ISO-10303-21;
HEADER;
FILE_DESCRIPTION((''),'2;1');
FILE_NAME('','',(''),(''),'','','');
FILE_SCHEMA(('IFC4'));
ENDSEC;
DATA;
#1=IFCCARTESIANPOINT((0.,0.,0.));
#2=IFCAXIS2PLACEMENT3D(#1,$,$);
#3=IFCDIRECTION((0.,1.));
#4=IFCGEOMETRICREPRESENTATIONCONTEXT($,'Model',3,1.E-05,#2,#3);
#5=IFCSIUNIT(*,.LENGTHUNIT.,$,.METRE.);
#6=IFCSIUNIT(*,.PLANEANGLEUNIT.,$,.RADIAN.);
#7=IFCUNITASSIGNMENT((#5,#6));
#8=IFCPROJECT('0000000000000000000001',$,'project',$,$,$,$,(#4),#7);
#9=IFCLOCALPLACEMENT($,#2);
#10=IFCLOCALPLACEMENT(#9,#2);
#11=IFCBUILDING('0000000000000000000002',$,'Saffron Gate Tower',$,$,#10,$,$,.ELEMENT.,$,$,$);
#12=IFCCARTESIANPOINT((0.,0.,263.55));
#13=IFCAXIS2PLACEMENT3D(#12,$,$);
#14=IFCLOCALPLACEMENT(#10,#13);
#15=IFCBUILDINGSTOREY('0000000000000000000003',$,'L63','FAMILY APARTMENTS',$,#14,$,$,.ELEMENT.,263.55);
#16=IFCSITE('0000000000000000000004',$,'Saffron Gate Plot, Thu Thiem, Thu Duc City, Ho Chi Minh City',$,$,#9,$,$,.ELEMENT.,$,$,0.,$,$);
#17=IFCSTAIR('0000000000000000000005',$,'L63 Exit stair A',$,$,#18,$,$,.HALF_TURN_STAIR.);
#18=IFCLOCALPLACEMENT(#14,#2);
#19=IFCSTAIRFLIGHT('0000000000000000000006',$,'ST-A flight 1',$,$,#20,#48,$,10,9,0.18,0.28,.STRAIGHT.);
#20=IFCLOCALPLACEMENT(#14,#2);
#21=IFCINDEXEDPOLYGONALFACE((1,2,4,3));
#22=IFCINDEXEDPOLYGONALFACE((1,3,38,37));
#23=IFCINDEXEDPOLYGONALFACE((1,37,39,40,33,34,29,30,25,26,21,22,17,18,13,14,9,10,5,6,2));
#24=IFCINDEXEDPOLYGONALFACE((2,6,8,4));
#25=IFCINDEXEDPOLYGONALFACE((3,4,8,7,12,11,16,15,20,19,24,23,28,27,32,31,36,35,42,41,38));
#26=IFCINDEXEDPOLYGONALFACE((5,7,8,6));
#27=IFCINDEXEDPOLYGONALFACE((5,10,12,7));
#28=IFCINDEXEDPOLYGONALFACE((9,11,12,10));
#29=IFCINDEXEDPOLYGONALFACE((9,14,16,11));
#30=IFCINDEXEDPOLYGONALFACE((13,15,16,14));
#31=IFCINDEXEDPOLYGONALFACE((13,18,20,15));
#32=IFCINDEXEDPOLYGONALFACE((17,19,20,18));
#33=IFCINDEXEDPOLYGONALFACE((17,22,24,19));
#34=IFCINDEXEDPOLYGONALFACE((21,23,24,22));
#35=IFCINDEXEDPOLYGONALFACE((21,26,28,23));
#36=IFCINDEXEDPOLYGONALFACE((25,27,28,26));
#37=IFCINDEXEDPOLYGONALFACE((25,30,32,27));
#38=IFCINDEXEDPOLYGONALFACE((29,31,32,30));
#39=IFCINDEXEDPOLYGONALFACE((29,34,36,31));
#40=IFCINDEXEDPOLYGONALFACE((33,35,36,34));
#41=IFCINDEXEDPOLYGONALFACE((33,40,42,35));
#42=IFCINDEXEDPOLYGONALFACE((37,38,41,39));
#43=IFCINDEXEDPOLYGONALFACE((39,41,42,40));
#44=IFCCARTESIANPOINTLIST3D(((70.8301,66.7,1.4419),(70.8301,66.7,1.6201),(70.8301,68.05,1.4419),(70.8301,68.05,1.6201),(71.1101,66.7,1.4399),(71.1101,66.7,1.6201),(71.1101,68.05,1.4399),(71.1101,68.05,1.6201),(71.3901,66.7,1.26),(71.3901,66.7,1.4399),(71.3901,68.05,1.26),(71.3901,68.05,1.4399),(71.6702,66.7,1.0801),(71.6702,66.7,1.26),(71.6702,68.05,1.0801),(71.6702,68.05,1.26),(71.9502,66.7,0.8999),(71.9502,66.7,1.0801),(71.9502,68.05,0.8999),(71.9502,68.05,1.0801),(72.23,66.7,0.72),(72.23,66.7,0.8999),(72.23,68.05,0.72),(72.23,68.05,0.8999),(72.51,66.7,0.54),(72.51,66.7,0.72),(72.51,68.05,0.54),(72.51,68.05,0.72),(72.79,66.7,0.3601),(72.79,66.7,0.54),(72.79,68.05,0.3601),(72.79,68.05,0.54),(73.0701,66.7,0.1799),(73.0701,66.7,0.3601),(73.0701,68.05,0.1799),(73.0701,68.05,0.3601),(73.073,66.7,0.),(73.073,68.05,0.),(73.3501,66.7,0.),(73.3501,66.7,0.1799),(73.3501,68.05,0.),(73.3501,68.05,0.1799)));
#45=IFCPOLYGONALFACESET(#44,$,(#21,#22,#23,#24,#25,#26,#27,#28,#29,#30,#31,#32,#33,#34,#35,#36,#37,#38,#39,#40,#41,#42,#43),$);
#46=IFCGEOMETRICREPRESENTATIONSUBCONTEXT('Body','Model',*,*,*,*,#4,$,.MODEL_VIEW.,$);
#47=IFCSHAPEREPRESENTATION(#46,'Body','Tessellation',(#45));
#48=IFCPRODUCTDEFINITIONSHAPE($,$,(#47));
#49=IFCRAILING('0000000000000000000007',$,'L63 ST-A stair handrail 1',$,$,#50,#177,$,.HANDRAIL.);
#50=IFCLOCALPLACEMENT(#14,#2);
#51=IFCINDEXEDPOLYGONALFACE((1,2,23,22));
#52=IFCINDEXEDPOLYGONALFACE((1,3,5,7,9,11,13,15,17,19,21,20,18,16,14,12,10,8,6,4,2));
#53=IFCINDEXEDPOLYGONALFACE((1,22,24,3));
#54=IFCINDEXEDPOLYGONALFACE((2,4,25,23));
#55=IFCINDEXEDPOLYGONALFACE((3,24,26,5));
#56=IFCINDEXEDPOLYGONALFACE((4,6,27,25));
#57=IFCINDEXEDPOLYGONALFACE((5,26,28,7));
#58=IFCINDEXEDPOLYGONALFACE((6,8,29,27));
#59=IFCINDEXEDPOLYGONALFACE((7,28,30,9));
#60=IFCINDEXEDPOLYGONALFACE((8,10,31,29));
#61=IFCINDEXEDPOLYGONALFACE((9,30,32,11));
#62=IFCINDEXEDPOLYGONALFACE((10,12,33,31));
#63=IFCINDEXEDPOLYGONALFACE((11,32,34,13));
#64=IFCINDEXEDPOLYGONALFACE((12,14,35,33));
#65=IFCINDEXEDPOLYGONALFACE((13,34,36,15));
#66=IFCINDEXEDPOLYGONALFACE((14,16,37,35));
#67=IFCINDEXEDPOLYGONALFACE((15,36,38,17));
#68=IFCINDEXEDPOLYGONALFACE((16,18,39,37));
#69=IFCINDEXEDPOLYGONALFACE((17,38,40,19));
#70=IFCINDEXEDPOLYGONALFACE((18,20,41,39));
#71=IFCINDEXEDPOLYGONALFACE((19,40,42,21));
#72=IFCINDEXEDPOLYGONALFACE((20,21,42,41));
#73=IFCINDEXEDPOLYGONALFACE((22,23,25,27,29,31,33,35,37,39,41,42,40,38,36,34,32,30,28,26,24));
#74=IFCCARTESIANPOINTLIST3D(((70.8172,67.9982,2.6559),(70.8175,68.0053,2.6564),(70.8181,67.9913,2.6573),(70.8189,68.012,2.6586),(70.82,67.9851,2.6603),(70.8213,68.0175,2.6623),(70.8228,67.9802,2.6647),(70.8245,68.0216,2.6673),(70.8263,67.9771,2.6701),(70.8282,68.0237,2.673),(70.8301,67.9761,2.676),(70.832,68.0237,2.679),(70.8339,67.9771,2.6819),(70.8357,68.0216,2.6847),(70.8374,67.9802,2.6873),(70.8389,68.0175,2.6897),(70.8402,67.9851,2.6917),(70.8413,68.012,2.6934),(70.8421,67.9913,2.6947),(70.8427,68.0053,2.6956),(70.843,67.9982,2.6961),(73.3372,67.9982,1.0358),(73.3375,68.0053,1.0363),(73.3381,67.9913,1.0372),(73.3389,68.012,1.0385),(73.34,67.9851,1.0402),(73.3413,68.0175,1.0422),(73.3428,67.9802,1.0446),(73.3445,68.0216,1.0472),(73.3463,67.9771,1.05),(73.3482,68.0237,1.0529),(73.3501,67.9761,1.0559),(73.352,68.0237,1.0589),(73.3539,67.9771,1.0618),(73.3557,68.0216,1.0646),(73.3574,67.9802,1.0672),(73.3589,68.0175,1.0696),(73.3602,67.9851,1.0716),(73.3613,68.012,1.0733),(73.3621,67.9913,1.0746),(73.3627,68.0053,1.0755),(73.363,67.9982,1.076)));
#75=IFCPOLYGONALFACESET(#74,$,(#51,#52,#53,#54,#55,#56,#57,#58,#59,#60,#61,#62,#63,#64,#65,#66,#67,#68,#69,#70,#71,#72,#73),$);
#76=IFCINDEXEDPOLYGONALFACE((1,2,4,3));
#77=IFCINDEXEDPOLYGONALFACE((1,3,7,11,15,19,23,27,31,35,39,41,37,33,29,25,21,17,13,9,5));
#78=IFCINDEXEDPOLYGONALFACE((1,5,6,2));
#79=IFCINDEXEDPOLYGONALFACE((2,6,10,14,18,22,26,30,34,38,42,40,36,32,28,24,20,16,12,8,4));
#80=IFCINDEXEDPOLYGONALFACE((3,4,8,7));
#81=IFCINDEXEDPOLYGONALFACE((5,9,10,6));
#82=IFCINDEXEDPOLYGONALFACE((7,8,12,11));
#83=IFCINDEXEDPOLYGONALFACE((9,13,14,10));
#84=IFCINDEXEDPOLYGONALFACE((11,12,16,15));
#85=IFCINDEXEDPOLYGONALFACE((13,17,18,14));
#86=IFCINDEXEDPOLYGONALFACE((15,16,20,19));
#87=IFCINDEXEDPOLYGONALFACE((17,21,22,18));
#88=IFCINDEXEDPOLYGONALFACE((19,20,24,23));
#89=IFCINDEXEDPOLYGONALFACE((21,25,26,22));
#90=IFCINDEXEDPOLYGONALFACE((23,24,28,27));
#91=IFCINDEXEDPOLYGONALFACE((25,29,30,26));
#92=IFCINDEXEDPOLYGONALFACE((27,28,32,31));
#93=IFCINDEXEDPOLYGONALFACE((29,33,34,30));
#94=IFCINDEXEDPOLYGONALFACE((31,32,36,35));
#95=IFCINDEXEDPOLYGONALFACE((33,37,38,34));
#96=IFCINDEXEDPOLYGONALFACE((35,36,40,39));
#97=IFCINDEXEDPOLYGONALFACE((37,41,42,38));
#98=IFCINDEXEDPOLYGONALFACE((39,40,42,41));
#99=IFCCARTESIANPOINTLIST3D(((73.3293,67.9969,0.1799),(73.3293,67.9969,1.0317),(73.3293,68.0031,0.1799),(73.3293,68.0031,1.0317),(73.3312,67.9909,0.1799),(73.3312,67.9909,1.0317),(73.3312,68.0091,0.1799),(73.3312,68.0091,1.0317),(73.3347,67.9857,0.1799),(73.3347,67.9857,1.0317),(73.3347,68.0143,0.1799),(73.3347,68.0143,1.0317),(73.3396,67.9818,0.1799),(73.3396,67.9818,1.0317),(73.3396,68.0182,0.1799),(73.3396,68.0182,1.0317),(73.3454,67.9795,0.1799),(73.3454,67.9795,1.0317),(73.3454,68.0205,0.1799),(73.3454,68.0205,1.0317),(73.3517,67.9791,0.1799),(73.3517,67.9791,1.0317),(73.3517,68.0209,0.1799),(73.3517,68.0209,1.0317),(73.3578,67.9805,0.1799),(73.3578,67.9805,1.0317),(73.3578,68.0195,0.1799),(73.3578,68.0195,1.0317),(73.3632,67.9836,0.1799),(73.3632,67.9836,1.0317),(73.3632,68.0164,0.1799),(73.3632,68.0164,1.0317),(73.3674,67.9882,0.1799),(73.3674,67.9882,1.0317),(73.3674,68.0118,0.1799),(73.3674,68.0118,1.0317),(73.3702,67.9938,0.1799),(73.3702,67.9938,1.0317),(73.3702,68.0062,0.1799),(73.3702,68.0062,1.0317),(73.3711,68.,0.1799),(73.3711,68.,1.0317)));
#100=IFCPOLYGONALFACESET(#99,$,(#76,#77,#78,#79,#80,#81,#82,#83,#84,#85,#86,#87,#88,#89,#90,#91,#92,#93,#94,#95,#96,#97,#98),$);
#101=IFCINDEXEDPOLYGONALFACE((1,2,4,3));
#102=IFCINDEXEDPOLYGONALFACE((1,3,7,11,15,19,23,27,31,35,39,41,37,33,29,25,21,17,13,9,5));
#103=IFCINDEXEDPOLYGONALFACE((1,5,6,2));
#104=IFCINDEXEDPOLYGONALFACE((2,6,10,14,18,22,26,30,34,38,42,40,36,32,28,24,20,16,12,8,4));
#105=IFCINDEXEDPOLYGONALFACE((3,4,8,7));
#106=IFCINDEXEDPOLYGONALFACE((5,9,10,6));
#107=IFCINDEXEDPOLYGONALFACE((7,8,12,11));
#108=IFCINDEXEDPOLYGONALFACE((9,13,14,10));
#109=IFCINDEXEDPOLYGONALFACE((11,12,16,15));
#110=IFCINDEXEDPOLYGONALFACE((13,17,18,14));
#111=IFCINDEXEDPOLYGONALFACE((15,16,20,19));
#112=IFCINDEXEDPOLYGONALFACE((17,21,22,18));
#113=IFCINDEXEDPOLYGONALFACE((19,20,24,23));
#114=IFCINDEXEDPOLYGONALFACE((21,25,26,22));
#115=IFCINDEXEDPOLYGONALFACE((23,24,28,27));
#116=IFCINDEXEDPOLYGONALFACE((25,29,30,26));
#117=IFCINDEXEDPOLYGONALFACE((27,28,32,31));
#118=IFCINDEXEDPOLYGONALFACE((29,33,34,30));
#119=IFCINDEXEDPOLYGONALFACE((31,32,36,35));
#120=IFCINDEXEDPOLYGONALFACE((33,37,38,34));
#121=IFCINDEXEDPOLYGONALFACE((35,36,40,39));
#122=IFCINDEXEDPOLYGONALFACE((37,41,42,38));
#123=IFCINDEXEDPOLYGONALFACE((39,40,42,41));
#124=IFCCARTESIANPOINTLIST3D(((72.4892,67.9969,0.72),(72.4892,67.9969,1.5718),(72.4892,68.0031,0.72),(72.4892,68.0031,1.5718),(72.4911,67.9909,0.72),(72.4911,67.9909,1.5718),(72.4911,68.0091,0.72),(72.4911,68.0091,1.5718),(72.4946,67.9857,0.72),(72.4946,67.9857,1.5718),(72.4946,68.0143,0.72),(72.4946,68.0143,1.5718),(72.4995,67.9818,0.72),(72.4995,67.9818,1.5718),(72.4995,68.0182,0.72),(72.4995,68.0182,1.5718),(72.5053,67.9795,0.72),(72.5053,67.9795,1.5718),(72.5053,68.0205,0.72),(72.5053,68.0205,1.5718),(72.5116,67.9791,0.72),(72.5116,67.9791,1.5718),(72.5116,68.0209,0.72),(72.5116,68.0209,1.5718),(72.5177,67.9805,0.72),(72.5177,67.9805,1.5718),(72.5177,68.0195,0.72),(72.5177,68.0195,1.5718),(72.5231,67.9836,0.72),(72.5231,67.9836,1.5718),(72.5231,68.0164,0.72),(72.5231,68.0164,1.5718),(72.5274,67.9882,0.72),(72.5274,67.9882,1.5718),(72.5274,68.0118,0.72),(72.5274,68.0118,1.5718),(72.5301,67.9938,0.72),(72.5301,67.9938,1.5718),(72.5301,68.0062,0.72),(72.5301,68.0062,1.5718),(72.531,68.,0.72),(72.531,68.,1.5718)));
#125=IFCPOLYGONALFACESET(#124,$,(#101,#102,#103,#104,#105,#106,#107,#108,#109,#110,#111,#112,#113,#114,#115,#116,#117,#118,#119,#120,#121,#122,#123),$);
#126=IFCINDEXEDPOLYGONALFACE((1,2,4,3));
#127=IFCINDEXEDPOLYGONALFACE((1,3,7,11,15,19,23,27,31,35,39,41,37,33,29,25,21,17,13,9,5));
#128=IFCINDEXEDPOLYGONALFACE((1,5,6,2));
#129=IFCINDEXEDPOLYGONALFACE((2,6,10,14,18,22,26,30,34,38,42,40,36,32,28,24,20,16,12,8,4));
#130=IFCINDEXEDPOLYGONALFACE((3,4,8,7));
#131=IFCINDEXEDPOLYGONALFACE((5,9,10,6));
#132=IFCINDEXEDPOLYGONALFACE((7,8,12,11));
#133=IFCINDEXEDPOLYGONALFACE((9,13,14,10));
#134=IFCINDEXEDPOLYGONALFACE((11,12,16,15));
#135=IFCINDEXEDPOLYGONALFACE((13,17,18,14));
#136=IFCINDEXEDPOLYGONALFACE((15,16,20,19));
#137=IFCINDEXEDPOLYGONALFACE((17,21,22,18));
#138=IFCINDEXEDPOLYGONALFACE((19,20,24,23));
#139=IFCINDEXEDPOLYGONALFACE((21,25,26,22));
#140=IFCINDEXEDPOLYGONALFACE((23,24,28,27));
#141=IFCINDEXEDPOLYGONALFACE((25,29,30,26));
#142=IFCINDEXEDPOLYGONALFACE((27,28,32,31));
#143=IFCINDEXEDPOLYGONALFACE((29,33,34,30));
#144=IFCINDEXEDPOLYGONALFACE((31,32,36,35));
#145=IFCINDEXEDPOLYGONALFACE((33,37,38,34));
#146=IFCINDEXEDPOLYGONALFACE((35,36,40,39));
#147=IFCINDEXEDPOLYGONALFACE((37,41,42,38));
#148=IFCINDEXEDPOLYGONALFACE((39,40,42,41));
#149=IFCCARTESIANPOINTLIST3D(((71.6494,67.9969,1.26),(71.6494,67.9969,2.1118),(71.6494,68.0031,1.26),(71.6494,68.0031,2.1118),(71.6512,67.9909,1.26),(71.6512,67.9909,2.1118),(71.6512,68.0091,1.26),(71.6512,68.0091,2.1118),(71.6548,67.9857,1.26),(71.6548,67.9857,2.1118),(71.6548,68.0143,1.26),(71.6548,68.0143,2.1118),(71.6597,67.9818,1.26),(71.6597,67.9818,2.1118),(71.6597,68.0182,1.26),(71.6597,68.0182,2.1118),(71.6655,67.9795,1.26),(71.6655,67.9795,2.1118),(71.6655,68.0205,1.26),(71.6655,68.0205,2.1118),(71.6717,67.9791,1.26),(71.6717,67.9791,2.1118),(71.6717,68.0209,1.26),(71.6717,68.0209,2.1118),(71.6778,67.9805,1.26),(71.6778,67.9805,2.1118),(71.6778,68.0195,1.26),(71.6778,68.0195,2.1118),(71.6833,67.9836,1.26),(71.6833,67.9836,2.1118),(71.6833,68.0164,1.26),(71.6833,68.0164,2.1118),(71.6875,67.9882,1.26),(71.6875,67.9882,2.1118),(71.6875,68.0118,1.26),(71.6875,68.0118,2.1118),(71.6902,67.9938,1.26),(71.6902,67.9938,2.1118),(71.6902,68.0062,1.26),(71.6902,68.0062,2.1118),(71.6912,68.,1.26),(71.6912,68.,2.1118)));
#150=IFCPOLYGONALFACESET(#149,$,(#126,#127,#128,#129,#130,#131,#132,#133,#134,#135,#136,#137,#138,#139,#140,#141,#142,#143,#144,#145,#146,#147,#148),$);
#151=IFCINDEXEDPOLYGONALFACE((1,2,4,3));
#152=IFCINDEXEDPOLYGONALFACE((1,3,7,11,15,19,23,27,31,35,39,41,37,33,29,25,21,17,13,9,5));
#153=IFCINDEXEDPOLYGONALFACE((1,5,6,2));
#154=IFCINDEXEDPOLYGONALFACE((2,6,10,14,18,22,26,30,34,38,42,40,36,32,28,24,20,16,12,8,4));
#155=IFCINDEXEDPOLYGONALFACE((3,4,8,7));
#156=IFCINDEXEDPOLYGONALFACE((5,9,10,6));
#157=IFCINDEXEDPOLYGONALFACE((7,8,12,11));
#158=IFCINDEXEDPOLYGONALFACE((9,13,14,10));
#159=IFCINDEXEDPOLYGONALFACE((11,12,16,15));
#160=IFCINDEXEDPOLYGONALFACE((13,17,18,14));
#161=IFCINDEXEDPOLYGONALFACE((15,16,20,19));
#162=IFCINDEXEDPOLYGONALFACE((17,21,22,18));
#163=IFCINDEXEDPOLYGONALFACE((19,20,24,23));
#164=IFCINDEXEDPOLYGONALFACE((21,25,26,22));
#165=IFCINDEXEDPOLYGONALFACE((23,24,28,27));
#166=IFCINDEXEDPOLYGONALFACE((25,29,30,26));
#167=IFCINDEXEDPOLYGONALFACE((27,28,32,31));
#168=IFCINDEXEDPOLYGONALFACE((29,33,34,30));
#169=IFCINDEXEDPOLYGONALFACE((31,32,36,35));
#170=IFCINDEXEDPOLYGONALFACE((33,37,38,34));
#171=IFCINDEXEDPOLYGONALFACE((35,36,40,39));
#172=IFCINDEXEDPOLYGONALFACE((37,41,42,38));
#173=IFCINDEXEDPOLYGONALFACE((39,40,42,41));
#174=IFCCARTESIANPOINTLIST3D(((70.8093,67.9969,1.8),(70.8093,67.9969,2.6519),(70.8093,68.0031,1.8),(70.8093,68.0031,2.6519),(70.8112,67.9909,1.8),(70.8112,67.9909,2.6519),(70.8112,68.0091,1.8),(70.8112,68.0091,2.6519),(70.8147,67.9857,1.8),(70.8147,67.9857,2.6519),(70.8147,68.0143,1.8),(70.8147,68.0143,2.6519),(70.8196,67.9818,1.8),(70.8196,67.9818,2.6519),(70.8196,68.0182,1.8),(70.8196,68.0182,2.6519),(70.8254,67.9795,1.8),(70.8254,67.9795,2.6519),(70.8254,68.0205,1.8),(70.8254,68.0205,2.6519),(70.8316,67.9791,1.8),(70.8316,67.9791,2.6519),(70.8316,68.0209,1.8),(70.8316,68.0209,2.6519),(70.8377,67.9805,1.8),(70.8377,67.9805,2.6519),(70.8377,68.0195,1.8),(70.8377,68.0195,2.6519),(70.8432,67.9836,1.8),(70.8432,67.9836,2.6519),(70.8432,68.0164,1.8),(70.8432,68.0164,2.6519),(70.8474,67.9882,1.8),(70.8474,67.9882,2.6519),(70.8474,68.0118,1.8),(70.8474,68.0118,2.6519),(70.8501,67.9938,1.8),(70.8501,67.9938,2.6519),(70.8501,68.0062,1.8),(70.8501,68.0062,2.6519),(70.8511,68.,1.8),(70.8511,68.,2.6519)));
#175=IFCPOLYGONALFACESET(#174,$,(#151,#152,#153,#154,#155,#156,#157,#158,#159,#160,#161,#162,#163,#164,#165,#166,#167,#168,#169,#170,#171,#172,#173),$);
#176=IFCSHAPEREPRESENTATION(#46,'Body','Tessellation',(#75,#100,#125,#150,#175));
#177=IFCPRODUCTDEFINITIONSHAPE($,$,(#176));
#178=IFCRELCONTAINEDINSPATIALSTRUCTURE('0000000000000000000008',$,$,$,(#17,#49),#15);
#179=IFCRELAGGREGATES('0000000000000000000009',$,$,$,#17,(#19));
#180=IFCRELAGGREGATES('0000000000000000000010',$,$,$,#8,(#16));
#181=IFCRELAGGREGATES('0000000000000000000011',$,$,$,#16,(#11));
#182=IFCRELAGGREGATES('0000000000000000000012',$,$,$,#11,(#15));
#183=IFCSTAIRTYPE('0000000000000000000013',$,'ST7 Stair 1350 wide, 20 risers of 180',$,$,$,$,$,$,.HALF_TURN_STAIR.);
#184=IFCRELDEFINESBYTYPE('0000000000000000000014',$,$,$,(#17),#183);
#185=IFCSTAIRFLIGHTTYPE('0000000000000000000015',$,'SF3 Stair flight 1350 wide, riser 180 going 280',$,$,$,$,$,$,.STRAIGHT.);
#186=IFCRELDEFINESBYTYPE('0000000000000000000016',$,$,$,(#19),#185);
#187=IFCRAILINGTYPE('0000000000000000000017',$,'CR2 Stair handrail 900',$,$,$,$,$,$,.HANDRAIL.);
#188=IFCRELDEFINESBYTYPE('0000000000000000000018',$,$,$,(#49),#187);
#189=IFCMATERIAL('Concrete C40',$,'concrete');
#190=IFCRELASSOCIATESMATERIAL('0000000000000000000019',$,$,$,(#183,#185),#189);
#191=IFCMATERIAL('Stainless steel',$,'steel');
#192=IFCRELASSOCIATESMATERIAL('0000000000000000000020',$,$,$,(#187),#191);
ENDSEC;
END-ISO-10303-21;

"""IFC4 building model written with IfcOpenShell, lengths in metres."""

from ifc_helpers import new_model, si_unit, direction, frame, origin, origin_2d, place, context, subcontext, project, spatial, polyline, circle, outline, extrude, material, type_object, element, aggregate, save


model = new_model("IFC4")

# Units and contexts
model_context = context("Model", 3, precision=1e-05, world=origin(), true_north=direction((0.0, 1.0)))
body_context = subcontext(model_context, "Body", "Model", "MODEL_VIEW")
ifc_project = project(units=[si_unit("LENGTHUNIT", "METRE"), si_unit("PLANEANGLEUNIT", "RADIAN")], contexts=[model_context])

# Site, building, storey
site_placement = place(None, origin())
site = spatial("IfcSite", under=ifc_project, at=site_placement, Name="Saffron Gate Plot, Thu Thiem, Thu Duc City, Ho Chi Minh City", CompositionType="ELEMENT", RefElevation=0.0)
building_placement = place(site_placement, origin())
building = spatial("IfcBuilding", under=site, at=building_placement, Name="Saffron Gate Tower", CompositionType="ELEMENT")
storey_placement = place(building_placement, frame((0.0, 0.0, 263.55)))
storey = spatial("IfcBuildingStorey", under=building, at=storey_placement, Name="L63", Description="FAMILY APARTMENTS", CompositionType="ELEMENT", Elevation=263.55)

# Stair, stair flight
ifc_material_1 = material(Name="Concrete C40", Category="concrete")
stair_type = type_object("IfcStairType", Name="ST7 Stair 1350 wide, 20 risers of 180", PredefinedType="HALF_TURN_STAIR", material=ifc_material_1)
stair_placement = place(storey_placement, origin())
stair = element("IfcStair", 1, at=stair_placement, inside=storey, type_object=stair_type, Name="L63 Exit stair A", PredefinedType="HALF_TURN_STAIR")
stair_flight_type = type_object("IfcStairFlightType", Name="SF3 Stair flight 1350 wide, riser 180 going 280", PredefinedType="STRAIGHT", material=ifc_material_1)
stair_flight_placement = place(storey_placement, frame((73.3501, 67.375, 0.0), z_axis=(0.0, 0.0, 1.0), x_axis=(-1.0, 0.0, 0.0)))
stair_flight = element("IfcStairFlight", 2, at=stair_flight_placement, type_object=stair_flight_type, Name="ST-A flight 1", NumberOfRisers=10, NumberOfTreads=9, PredefinedType="STRAIGHT", RiserHeight=0.18, TreadLength=0.28, context=body_context, shape_type="SweptSolid", body=[
    extrude(outline(polyline([(0.0, 0.0), (0.0, 0.1799), (0.28, 0.1799), (0.28, 0.3601), (0.5601, 0.3601), (0.5601, 0.54), (0.8401, 0.54), (0.8401, 0.72), (1.1201, 0.72), (1.1201, 0.8999), (1.3999, 0.8999), (1.3999, 1.0801), (1.6799, 1.0801), (1.6799, 1.26), (1.96, 1.26), (1.96, 1.4399), (2.24, 1.4399), (2.24, 1.6201), (2.52, 1.6201), (2.52, 1.8), (2.52, 1.4419), (0.2771, 0.0), (0.0, 0.0)])), frame((0.0, 0.675, 0.0), z_axis=(0.0, -1.0, 0.0), x_axis=(1.0, 0.0, 0.0)), (0.0, 0.0, 1.0), 1.3501),
])
aggregate(stair, [stair_flight])

# Railing
ifc_material_2 = material(Name="Stainless steel", Category="steel")
railing_type = type_object("IfcRailingType", Name="CR2 Stair handrail 900", PredefinedType="HANDRAIL", material=ifc_material_2)
railing_placement = place(storey_placement, frame((73.3501, 68.0, 0.1799)))
element("IfcRailing", 3, at=railing_placement, inside=storey, type_object=railing_type, Name="L63 ST-A stair handrail 1", PredefinedType="HANDRAIL", context=body_context, shape_type="SweptSolid", body=[
    extrude(circle(Radius=0.0239, at=origin_2d()), frame((0.0, 0.0, 0.876), z_axis=(-0.841163, 0.0, 0.540782), x_axis=(0.0, -1.0, 0.0)), (0.0, 0.0, 1.0), 2.9958),
    extrude(circle(Radius=0.021, at=origin_2d()), origin(), (0.0, 0.0, 1.0), 0.8518),
    extrude(circle(Radius=0.021, at=origin_2d()), frame((-0.8401, 0.0, 0.54)), (0.0, 0.0, 1.0), 0.8518),
    extrude(circle(Radius=0.021, at=origin_2d()), frame((-1.6799, 0.0, 1.0801)), (0.0, 0.0, 1.0), 0.8518),
    extrude(circle(Radius=0.021, at=origin_2d()), frame((-2.52, 0.0, 1.6201)), (0.0, 0.0, 1.0), 0.8518),
])

save(model, "model.ifc")
